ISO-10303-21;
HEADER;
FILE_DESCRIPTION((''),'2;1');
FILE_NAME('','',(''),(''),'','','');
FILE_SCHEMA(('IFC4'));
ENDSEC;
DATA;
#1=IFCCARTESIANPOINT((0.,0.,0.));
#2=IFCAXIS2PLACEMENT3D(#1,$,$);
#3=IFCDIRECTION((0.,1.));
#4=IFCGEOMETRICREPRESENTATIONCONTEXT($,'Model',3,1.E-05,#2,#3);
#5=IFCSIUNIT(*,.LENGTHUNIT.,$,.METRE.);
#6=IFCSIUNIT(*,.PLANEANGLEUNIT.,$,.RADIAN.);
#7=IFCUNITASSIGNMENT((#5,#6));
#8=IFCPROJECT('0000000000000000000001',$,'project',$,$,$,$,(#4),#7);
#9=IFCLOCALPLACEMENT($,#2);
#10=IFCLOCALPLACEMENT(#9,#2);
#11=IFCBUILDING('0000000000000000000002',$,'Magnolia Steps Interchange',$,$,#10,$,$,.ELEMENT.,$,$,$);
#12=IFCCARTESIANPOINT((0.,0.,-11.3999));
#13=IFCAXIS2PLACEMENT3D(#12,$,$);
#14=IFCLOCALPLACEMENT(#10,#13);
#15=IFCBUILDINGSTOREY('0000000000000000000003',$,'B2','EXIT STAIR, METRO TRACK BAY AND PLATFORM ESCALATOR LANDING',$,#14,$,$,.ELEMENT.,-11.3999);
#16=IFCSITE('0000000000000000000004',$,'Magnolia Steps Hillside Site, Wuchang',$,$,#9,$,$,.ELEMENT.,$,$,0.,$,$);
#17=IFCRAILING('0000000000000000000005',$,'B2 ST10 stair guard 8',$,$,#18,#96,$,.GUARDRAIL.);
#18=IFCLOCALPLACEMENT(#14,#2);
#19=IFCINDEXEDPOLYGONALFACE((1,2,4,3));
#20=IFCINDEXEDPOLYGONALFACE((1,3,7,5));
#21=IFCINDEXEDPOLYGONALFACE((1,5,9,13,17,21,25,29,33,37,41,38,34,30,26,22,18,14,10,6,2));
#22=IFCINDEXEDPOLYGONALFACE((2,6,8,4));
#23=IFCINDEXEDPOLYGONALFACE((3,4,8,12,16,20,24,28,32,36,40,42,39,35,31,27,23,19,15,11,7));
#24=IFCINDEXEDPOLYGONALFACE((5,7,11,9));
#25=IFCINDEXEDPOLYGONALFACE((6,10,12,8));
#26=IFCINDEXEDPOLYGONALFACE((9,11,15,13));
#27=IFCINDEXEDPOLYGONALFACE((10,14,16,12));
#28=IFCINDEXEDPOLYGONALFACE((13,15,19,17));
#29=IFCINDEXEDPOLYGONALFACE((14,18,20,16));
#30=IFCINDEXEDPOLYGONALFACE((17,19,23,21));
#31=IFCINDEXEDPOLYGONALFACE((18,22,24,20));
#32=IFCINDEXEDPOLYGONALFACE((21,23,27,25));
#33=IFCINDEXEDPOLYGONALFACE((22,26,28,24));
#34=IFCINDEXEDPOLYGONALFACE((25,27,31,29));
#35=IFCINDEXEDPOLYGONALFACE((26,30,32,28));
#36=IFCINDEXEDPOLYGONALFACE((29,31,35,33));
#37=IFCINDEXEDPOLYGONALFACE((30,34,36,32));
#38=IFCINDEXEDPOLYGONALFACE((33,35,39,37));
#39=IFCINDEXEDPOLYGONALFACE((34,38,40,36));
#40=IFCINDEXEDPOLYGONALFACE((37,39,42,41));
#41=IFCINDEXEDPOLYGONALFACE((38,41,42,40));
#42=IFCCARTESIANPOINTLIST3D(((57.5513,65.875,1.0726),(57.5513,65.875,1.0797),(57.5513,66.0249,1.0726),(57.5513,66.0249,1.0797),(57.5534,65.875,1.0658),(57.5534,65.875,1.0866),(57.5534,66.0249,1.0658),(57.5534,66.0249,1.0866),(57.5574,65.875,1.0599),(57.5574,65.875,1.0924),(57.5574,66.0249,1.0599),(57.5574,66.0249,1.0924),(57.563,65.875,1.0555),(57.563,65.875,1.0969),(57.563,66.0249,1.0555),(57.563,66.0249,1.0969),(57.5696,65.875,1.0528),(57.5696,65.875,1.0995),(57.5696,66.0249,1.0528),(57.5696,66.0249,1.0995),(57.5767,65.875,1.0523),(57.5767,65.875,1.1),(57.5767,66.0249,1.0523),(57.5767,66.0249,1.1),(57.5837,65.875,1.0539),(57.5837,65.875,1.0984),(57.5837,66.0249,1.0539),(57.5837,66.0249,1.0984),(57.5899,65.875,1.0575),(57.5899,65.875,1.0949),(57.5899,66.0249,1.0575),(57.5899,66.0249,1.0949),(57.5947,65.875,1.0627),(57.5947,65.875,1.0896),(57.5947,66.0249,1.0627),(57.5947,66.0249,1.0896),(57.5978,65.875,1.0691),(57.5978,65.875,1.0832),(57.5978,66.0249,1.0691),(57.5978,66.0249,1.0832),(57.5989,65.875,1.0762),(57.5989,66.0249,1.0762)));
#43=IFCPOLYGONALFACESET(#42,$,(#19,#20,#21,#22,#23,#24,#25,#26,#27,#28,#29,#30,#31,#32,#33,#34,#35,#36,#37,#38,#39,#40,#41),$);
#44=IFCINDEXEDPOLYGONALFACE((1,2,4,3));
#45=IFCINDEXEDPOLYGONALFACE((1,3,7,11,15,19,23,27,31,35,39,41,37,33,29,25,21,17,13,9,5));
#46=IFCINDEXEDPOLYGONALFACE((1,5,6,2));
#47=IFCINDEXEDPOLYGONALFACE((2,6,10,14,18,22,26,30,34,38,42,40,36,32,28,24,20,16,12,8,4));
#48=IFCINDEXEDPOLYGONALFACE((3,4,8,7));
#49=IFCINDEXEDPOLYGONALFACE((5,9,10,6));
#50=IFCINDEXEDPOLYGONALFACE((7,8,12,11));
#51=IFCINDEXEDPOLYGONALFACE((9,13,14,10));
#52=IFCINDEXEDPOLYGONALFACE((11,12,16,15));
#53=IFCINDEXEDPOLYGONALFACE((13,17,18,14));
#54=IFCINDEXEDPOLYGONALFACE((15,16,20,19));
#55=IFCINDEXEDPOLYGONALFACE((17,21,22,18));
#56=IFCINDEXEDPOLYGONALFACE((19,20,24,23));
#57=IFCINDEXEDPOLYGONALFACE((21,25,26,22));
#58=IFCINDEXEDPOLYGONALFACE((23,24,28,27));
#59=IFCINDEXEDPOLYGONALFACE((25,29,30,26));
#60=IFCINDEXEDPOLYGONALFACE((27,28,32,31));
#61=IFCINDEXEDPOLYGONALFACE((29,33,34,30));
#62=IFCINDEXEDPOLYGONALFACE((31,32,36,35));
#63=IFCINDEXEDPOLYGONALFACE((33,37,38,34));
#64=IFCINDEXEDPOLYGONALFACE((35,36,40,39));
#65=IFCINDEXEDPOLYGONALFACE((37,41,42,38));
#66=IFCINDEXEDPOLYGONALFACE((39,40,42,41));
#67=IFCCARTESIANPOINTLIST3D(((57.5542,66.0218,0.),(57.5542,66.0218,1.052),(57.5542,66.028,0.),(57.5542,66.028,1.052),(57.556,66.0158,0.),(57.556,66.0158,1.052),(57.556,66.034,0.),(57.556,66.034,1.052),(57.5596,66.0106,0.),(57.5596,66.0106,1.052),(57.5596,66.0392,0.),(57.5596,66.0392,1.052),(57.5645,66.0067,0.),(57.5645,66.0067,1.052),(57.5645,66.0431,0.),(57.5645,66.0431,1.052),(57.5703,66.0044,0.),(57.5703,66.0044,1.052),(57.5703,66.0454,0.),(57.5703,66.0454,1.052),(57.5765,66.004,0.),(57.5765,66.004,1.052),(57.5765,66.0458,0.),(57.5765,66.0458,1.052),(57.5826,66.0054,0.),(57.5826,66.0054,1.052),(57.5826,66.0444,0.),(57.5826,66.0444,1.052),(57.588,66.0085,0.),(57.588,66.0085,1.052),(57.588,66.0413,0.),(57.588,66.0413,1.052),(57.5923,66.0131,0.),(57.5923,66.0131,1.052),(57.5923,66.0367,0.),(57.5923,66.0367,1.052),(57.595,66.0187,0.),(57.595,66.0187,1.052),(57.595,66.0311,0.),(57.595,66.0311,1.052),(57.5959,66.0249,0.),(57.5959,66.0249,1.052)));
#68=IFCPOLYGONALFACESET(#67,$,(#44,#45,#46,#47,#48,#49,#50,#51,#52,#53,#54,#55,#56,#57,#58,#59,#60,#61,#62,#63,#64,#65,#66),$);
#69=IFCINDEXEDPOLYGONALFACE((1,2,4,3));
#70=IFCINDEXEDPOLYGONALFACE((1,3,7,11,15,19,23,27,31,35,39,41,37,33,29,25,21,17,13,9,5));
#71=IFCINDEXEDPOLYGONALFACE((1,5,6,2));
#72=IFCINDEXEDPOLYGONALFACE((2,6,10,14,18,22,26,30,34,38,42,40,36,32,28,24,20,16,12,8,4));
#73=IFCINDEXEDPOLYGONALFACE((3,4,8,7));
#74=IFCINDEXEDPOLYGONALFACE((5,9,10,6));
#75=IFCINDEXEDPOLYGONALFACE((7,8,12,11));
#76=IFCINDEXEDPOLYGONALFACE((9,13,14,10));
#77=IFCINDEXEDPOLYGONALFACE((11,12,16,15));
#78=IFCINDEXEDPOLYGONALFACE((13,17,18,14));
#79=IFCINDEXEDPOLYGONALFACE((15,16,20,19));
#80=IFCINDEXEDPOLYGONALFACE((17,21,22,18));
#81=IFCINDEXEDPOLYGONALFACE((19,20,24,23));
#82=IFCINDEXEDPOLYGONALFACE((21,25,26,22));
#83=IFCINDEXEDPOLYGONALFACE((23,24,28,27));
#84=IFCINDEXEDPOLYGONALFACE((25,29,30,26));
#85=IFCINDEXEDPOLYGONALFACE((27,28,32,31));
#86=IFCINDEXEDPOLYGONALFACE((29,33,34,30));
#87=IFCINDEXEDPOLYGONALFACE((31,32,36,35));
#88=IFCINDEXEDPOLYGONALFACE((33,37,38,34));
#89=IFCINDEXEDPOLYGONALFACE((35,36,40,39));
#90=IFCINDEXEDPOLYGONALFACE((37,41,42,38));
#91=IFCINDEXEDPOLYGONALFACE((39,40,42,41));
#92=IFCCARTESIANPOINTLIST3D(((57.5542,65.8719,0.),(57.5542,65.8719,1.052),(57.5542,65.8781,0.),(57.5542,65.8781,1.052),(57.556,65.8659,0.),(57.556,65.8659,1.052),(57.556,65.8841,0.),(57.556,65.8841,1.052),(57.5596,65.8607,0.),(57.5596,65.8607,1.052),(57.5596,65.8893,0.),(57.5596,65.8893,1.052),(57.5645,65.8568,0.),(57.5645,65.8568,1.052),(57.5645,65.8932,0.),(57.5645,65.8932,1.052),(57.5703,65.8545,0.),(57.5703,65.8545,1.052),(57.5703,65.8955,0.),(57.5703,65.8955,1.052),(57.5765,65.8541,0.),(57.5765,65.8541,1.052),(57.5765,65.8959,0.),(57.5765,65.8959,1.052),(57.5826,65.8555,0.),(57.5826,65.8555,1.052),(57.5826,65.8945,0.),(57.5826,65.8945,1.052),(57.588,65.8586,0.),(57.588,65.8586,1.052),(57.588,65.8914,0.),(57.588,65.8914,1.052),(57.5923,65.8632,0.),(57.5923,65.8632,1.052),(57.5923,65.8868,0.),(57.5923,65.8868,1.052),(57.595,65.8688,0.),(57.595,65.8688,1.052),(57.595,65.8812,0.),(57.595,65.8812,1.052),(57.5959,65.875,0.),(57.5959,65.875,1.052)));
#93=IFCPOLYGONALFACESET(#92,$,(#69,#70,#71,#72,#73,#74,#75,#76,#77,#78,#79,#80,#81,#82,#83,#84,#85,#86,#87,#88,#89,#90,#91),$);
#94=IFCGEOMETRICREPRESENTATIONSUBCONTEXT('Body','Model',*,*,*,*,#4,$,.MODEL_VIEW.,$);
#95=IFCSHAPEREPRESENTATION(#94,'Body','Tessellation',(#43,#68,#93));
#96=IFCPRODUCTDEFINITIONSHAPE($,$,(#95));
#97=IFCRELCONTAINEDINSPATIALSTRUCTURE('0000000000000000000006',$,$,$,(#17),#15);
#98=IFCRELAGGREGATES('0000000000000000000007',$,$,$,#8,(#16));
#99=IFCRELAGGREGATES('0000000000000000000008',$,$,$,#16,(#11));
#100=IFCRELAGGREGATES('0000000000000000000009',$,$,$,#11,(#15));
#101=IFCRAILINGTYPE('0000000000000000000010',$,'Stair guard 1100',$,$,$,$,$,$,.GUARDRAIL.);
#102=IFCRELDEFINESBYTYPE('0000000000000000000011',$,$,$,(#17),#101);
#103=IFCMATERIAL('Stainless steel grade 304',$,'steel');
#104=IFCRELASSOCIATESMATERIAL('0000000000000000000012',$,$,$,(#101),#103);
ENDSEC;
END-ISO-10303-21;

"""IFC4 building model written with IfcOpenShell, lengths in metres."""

from ifc_helpers import new_model, si_unit, direction, frame, origin, origin_2d, place, context, subcontext, project, spatial, circle, extrude, material, type_object, element, save


model = new_model("IFC4")

# Units and contexts
model_context = context("Model", 3, precision=1e-05, world=origin(), true_north=direction((0.0, 1.0)))
body_context = subcontext(model_context, "Body", "Model", "MODEL_VIEW")
ifc_project = project(units=[si_unit("LENGTHUNIT", "METRE"), si_unit("PLANEANGLEUNIT", "RADIAN")], contexts=[model_context])

# Site, building, storey
site_placement = place(None, origin())
site = spatial("IfcSite", under=ifc_project, at=site_placement, Name="Magnolia Steps Hillside Site, Wuchang", CompositionType="ELEMENT", RefElevation=0.0)
building_placement = place(site_placement, origin())
building = spatial("IfcBuilding", under=site, at=building_placement, Name="Magnolia Steps Interchange", CompositionType="ELEMENT")
storey_placement = place(building_placement, frame((0.0, 0.0, -11.3999)))
storey = spatial("IfcBuildingStorey", under=building, at=storey_placement, Name="B2", Description="EXIT STAIR, METRO TRACK BAY AND PLATFORM ESCALATOR LANDING", CompositionType="ELEMENT", Elevation=-11.3999)

# Railing
ifc_material_1 = material(Name="Stainless steel grade 304", Category="steel")
railing_type_1 = type_object("IfcRailingType", Name="Stair guard 1100", PredefinedType="GUARDRAIL", material=ifc_material_1)
railing_1_placement = place(storey_placement, frame((57.575, 66.0249, 0.0)))
element("IfcRailing", 1, at=railing_1_placement, inside=storey, type_object=railing_type_1, Name="B2 ST10 stair guard 8", PredefinedType="GUARDRAIL", context=body_context, shape_type="SweptSolid", body=[
    extrude(circle(Radius=0.0239, at=origin_2d()), frame((0.0, 0.0, 1.0762), z_axis=(0.0, -1.0, 0.0), x_axis=(1.0, 0.0, 0.0)), (0.0, 0.0, 1.0), 0.1499),
    extrude(circle(Radius=0.021, at=origin_2d()), origin(), (0.0, 0.0, 1.0), 1.052),
    extrude(circle(Radius=0.021, at=origin_2d()), frame((0.0, -0.1499, 0.0)), (0.0, 0.0, 1.0), 1.052),
])

save(model, "model.ifc")
